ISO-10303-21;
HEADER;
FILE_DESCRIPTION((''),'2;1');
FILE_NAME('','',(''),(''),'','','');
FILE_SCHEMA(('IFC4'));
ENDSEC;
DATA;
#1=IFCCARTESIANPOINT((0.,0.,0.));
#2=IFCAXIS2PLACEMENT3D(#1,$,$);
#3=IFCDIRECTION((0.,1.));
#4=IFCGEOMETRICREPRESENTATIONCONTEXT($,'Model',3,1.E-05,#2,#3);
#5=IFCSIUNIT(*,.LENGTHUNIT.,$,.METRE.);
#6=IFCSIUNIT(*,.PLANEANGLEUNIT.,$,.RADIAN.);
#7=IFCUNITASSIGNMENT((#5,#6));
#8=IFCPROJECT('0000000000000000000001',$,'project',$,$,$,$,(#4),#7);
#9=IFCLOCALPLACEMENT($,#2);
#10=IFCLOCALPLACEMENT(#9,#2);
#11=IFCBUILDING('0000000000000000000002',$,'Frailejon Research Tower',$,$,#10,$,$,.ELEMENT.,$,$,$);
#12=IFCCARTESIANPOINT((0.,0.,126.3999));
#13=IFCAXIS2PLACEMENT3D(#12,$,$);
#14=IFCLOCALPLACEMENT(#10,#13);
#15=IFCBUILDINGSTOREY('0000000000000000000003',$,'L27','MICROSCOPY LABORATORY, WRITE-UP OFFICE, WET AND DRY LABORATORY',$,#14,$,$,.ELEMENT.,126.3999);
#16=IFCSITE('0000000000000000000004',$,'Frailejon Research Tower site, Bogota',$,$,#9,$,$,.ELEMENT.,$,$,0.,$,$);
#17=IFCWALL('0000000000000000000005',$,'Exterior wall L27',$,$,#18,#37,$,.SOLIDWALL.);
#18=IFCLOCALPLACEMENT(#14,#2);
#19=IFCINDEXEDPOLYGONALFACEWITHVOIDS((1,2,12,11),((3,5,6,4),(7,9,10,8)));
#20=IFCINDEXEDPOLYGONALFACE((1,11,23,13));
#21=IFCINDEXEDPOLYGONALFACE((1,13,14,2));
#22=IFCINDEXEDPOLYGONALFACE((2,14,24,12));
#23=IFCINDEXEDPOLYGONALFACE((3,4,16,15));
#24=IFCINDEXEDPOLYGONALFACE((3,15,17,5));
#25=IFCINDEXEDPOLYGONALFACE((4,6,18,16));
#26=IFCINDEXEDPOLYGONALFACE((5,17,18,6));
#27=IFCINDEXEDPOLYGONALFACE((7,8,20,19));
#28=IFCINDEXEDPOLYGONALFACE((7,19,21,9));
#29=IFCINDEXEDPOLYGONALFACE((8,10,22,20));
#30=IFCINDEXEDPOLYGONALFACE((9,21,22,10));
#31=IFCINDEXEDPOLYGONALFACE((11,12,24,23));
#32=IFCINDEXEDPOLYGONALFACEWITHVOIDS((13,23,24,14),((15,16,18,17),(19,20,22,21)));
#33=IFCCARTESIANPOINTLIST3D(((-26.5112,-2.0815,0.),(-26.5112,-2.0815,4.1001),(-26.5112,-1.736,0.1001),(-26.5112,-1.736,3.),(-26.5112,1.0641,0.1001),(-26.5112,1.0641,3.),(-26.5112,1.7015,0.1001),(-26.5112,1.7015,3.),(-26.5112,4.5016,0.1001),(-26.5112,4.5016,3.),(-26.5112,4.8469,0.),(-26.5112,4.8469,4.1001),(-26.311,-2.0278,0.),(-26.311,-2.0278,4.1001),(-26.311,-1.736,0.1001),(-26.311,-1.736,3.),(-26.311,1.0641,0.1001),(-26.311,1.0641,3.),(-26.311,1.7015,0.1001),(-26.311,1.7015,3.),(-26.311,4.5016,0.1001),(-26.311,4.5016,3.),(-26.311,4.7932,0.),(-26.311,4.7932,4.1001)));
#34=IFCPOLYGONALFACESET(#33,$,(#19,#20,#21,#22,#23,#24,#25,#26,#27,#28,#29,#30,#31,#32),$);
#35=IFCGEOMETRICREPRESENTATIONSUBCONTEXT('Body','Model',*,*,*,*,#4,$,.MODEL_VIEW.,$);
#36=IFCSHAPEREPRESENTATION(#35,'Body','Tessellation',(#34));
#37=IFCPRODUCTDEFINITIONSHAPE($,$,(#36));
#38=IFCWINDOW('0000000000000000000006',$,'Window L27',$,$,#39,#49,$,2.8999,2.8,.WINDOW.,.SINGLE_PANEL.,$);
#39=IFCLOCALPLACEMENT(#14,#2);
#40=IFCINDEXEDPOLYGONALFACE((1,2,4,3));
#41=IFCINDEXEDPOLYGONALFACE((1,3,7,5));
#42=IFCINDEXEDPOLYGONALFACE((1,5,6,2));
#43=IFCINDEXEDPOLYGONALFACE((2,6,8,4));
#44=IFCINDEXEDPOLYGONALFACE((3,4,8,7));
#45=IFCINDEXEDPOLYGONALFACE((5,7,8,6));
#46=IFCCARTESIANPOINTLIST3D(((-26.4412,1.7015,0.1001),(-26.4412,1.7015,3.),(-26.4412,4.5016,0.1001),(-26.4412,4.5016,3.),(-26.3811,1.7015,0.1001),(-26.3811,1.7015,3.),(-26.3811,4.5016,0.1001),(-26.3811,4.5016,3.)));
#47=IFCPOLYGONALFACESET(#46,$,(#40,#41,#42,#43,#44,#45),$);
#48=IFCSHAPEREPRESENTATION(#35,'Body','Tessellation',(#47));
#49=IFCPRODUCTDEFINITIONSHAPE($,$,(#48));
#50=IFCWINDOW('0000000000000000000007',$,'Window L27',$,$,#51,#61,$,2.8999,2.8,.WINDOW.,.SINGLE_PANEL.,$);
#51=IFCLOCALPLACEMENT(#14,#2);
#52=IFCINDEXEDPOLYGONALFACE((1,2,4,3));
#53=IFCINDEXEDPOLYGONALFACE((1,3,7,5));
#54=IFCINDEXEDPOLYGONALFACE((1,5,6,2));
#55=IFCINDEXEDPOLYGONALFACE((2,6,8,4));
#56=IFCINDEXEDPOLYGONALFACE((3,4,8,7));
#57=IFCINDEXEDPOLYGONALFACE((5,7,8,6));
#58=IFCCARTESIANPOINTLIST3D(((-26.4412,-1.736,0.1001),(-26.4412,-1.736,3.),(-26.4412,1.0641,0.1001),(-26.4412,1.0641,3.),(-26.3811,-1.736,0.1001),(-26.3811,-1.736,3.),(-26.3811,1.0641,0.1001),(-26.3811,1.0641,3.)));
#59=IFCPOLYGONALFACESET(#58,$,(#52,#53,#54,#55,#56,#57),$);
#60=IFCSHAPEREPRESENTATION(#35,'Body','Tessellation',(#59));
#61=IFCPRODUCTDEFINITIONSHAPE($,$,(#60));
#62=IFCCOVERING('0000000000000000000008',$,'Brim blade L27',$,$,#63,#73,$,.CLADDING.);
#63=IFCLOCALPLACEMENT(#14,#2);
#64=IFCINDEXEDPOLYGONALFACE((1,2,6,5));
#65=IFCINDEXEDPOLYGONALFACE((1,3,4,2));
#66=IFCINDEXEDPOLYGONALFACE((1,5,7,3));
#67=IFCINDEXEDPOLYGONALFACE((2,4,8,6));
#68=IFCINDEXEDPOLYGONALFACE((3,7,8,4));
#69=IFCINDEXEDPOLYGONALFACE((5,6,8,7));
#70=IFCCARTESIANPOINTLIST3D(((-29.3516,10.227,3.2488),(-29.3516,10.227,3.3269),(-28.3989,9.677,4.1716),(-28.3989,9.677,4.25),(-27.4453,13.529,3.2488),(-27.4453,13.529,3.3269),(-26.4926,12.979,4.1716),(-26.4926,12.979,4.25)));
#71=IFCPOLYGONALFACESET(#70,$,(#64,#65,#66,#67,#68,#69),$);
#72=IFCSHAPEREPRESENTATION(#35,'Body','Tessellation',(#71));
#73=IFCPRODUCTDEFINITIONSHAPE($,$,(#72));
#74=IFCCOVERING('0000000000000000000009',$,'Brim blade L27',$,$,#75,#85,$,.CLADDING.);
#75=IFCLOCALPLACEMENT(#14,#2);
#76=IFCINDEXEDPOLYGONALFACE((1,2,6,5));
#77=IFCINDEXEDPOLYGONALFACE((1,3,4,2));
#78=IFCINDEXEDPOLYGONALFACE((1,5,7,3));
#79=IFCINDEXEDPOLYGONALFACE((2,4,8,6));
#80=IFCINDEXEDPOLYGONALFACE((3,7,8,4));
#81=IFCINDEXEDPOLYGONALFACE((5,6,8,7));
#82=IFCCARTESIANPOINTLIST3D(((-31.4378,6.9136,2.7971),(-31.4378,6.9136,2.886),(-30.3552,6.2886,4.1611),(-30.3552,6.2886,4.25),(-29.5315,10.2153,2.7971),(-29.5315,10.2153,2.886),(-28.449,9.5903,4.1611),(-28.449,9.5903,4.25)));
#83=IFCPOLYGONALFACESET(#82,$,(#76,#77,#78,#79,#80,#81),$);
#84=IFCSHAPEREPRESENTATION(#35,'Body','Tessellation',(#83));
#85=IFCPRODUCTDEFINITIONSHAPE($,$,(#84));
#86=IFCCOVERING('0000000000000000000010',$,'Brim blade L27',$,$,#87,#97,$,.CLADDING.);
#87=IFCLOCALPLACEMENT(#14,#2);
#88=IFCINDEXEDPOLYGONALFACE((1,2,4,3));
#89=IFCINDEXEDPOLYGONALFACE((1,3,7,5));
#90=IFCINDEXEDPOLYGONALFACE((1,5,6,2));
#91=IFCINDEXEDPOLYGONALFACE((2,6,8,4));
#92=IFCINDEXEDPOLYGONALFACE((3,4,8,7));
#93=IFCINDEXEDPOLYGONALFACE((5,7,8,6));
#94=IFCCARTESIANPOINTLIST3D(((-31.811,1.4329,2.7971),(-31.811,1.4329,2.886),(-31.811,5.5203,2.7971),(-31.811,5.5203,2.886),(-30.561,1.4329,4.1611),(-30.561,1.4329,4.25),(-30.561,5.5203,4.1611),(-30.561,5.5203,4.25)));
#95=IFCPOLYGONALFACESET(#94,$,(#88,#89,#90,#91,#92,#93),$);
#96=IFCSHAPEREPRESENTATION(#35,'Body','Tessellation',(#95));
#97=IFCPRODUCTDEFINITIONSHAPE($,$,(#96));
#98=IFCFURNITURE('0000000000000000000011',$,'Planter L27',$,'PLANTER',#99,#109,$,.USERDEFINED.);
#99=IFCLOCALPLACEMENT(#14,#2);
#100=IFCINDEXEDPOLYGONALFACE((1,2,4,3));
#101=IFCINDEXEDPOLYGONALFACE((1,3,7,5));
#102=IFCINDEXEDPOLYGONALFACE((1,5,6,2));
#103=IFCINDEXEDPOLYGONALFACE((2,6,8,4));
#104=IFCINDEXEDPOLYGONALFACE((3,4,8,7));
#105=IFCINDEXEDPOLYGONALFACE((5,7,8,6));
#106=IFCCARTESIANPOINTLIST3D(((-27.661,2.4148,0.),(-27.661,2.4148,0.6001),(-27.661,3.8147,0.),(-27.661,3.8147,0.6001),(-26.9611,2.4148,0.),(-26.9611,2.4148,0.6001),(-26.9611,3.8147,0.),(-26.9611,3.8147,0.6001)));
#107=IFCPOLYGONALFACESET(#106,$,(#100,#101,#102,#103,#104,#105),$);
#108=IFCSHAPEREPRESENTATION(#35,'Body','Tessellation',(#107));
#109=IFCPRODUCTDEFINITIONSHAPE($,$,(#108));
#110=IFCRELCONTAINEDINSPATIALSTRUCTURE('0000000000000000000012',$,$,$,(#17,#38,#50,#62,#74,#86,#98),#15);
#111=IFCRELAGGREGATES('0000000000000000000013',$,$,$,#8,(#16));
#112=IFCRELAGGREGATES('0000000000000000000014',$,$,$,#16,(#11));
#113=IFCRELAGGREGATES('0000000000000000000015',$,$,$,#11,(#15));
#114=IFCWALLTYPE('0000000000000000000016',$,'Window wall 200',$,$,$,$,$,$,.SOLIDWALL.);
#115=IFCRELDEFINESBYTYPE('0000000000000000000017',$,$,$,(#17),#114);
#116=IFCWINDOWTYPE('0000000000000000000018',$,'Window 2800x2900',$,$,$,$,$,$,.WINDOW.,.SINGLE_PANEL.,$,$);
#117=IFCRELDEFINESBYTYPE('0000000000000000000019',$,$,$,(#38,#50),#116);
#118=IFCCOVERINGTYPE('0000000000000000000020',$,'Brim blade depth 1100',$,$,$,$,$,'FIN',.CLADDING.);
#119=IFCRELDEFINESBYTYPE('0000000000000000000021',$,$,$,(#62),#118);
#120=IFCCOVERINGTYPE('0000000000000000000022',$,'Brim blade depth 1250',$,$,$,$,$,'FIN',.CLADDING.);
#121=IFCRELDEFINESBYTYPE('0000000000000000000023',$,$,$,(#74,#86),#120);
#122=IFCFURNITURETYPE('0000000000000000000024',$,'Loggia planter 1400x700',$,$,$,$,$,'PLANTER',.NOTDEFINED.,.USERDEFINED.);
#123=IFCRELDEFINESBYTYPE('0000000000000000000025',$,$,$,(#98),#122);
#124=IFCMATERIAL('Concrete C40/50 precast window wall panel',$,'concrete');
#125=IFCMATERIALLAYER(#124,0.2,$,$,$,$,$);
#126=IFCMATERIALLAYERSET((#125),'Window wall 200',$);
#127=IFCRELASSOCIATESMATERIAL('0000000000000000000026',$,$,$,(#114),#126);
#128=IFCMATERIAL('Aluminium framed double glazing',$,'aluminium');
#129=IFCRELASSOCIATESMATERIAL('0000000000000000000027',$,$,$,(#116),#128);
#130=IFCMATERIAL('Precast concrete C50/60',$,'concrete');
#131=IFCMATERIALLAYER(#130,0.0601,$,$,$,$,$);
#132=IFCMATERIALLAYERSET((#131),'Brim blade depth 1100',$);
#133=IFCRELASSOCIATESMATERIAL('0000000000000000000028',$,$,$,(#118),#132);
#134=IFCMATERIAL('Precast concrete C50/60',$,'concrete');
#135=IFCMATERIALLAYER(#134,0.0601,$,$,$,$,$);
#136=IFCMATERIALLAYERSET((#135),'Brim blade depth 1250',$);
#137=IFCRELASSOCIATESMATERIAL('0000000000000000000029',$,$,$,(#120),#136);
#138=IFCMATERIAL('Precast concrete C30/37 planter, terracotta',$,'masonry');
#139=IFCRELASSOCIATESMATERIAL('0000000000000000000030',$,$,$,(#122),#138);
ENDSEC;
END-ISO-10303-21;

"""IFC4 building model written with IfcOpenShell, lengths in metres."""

from ifc_helpers import new_model, si_unit, direction, frame, frame_2d, origin, origin_2d, place, context, subcontext, project, spatial, polyline, rectangle, outline, extrude, material, layer, layer_set, type_object, element, fill, save


model = new_model("IFC4")

# Units and contexts
model_context = context("Model", 3, precision=1e-05, world=origin(), true_north=direction((0.0, 1.0)))
body_context = subcontext(model_context, "Body", "Model", "MODEL_VIEW")
ifc_project = project(units=[si_unit("LENGTHUNIT", "METRE"), si_unit("PLANEANGLEUNIT", "RADIAN")], contexts=[model_context])

# Site, building, storey
site_placement = place(None, origin())
site = spatial("IfcSite", under=ifc_project, at=site_placement, Name="Frailejon Research Tower site, Bogota", CompositionType="ELEMENT", RefElevation=0.0)
building_placement = place(site_placement, origin())
building = spatial("IfcBuilding", under=site, at=building_placement, Name="Frailejon Research Tower", CompositionType="ELEMENT")
storey_placement = place(building_placement, frame((0.0, 0.0, 126.3999)))
storey = spatial("IfcBuildingStorey", under=building, at=storey_placement, Name="L27", Description="MICROSCOPY LABORATORY, WRITE-UP OFFICE, WET AND DRY LABORATORY", CompositionType="ELEMENT", Elevation=126.3999)

# Wall, openings, windows
ifc_material_1 = material(Name="Concrete C40/50 precast window wall panel", Category="concrete")
ifc_layer_1 = layer(ifc_material_1, 0.2)
ifc_layer_set_1 = layer_set([ifc_layer_1], Name="Window wall 200")
wall_type_1 = type_object("IfcWallType", Name="Window wall 200", PredefinedType="SOLIDWALL", material=ifc_layer_set_1)
wall_1_placement = place(storey_placement, frame((-26.4111, 4.8201, 0.0), z_axis=(0.0, 0.0, 1.0), x_axis=(0.0, -1.0, 0.0)))
wall_1 = element("IfcWall", 1, at=wall_1_placement, inside=storey, type_object=wall_type_1, Name="Exterior wall L27", PredefinedType="SOLIDWALL", context=body_context, shape_type="SweptSolid", body=[
    extrude(outline(polyline([(-0.0269, -0.1001), (1.1279, -0.1001), (2.2827, -0.1001), (3.4375, -0.1001), (4.592, -0.1001), (5.7468, -0.1001), (6.9016, -0.1001), (6.8479, 0.1001), (5.7109, 0.1001), (4.5742, 0.1001), (3.4375, 0.1001), (2.3005, 0.1001), (1.1636, 0.1001), (0.0269, 0.1001), (-0.0269, -0.1001)])), origin(), (0.0, 0.0, 1.0), 4.1001),
])
opening_1_placement = place(wall_1_placement, frame((0.3186, 0.0, 0.1001)))
opening_1 = element("IfcOpeningElement", 2, at=opening_1_placement, cuts=wall_1, PredefinedType="OPENING", context=body_context, shape_type="SweptSolid", body=[
    extrude(rectangle(XDim=2.8, YDim=2.8999, at=frame_2d((1.3999, 1.45))), frame((0.0, 0.1099, 0.0), z_axis=(0.0, -1.0, 0.0), x_axis=(1.0, 0.0, 0.0)), (0.0, 0.0, 1.0), 0.22),
])
opening_2_placement = place(wall_1_placement, frame((3.7561, 0.0, 0.1001)))
opening_2 = element("IfcOpeningElement", 3, at=opening_2_placement, cuts=wall_1, PredefinedType="OPENING", context=body_context, shape_type="SweptSolid", body=[
    extrude(rectangle(XDim=2.8, YDim=2.8999, at=frame_2d((1.3999, 1.45))), frame((0.0, 0.1099, 0.0), z_axis=(0.0, -1.0, 0.0), x_axis=(1.0, 0.0, 0.0)), (0.0, 0.0, 1.0), 0.22),
])
ifc_material_2 = material(Name="Aluminium framed double glazing", Category="aluminium")
window_type = type_object("IfcWindowType", Name="Window 2800x2900", PartitioningType="SINGLE_PANEL", PredefinedType="WINDOW", material=ifc_material_2)
window_1_placement = place(opening_1_placement, origin())
window_1 = element("IfcWindow", 4, at=window_1_placement, inside=storey, type_object=window_type, Name="Window L27", OverallHeight=2.8999, OverallWidth=2.8, PartitioningType="SINGLE_PANEL", PredefinedType="WINDOW", context=body_context, shape_type="SweptSolid", body=[
    extrude(rectangle(XDim=2.8, YDim=2.8999, at=frame_2d((1.3999, 1.45))), frame((0.0, 0.03, 0.0), z_axis=(0.0, -1.0, 0.0), x_axis=(1.0, 0.0, 0.0)), (0.0, 0.0, 1.0), 0.0601),
])
fill(opening_1, window_1)
window_2_placement = place(opening_2_placement, origin())
window_2 = element("IfcWindow", 5, at=window_2_placement, inside=storey, type_object=window_type, Name="Window L27", OverallHeight=2.8999, OverallWidth=2.8, PartitioningType="SINGLE_PANEL", PredefinedType="WINDOW", context=body_context, shape_type="SweptSolid", body=[
    extrude(rectangle(XDim=2.8, YDim=2.8999, at=frame_2d((1.3999, 1.45))), frame((0.0, 0.03, 0.0), z_axis=(0.0, -1.0, 0.0), x_axis=(1.0, 0.0, 0.0)), (0.0, 0.0, 1.0), 0.0601),
])
fill(opening_2, window_2)

# Coverings
ifc_material_3 = material(Name="Precast concrete C50/60", Category="concrete")
ifc_layer_2 = layer(ifc_material_3, 0.0601)
ifc_layer_set_2 = layer_set([ifc_layer_2], Name="Brim blade depth 1100")
covering_type_1 = type_object("IfcCoveringType", Name="Brim blade depth 1100", ElementType="FIN", PredefinedType="CLADDING", material=ifc_layer_set_2)
covering_1_placement = place(storey_placement, frame((-28.3989, 9.677, 4.25), z_axis=(0.49999, 0.866031, 0.0), x_axis=(-0.866031, 0.49999, 0.0)))
element("IfcCovering", 6, at=covering_1_placement, inside=storey, type_object=covering_type_1, Name="Brim blade L27", PredefinedType="CLADDING", context=body_context, shape_type="SweptSolid", body=[
    extrude(outline(polyline([(0.0, -0.0784), (1.1001, -1.0012), (1.1001, -0.9231), (0.0, 0.0), (0.0, -0.0784)])), origin(), (0.0, 0.0, 1.0), 3.8127),
])
ifc_material_4 = material(Name="Precast concrete C50/60", Category="concrete")
ifc_layer_3 = layer(ifc_material_4, 0.0601)
ifc_layer_set_3 = layer_set([ifc_layer_3], Name="Brim blade depth 1250")
covering_type_2 = type_object("IfcCoveringType", Name="Brim blade depth 1250", ElementType="FIN", PredefinedType="CLADDING", material=ifc_layer_set_3)
covering_2_placement = place(storey_placement, frame((-30.3552, 6.2886, 4.25), z_axis=(0.500001, 0.866025, 0.0), x_axis=(-0.866025, 0.500001, 0.0)))
element("IfcCovering", 7, at=covering_2_placement, inside=storey, type_object=covering_type_2, Name="Brim blade L27", PredefinedType="CLADDING", context=body_context, shape_type="SweptSolid", body=[
    extrude(outline(polyline([(0.0, -0.0889), (1.25, -1.4529), (1.25, -1.364), (0.0, 0.0), (0.0, -0.0889)])), origin(), (0.0, 0.0, 1.0), 3.8125),
])
covering_3_placement = place(storey_placement, frame((-30.561, 1.4329, 4.25), z_axis=(0.0, 1.0, 0.0), x_axis=(-1.0, 0.0, 0.0)))
element("IfcCovering", 8, at=covering_3_placement, inside=storey, type_object=covering_type_2, Name="Brim blade L27", PredefinedType="CLADDING", context=body_context, shape_type="SweptSolid", body=[
    extrude(outline(polyline([(0.0, -0.0889), (1.25, -1.4529), (1.25, -1.364), (0.0, 0.0), (0.0, -0.0889)])), origin(), (0.0, 0.0, 1.0), 4.0874),
])

# Furniture
ifc_material_5 = material(Name="Precast concrete C30/37 planter, terracotta", Category="masonry")
furniture_type = type_object("IfcFurnitureType", Name="Loggia planter 1400x700", ElementType="PLANTER", AssemblyPlace="NOTDEFINED", PredefinedType="USERDEFINED", material=ifc_material_5)
furniture_placement = place(storey_placement, frame((-27.311, 3.1147, 0.0), z_axis=(0.0, 0.0, 1.0), x_axis=(0.0, -1.0, 0.0)))
element("IfcFurniture", 9, at=furniture_placement, inside=storey, type_object=furniture_type, Name="Planter L27", ObjectType="PLANTER", PredefinedType="USERDEFINED", context=body_context, shape_type="SweptSolid", body=[
    extrude(rectangle(XDim=1.3999, YDim=0.7, at=origin_2d()), origin(), (0.0, 0.0, 1.0), 0.6001),
])

save(model, "model.ifc")
